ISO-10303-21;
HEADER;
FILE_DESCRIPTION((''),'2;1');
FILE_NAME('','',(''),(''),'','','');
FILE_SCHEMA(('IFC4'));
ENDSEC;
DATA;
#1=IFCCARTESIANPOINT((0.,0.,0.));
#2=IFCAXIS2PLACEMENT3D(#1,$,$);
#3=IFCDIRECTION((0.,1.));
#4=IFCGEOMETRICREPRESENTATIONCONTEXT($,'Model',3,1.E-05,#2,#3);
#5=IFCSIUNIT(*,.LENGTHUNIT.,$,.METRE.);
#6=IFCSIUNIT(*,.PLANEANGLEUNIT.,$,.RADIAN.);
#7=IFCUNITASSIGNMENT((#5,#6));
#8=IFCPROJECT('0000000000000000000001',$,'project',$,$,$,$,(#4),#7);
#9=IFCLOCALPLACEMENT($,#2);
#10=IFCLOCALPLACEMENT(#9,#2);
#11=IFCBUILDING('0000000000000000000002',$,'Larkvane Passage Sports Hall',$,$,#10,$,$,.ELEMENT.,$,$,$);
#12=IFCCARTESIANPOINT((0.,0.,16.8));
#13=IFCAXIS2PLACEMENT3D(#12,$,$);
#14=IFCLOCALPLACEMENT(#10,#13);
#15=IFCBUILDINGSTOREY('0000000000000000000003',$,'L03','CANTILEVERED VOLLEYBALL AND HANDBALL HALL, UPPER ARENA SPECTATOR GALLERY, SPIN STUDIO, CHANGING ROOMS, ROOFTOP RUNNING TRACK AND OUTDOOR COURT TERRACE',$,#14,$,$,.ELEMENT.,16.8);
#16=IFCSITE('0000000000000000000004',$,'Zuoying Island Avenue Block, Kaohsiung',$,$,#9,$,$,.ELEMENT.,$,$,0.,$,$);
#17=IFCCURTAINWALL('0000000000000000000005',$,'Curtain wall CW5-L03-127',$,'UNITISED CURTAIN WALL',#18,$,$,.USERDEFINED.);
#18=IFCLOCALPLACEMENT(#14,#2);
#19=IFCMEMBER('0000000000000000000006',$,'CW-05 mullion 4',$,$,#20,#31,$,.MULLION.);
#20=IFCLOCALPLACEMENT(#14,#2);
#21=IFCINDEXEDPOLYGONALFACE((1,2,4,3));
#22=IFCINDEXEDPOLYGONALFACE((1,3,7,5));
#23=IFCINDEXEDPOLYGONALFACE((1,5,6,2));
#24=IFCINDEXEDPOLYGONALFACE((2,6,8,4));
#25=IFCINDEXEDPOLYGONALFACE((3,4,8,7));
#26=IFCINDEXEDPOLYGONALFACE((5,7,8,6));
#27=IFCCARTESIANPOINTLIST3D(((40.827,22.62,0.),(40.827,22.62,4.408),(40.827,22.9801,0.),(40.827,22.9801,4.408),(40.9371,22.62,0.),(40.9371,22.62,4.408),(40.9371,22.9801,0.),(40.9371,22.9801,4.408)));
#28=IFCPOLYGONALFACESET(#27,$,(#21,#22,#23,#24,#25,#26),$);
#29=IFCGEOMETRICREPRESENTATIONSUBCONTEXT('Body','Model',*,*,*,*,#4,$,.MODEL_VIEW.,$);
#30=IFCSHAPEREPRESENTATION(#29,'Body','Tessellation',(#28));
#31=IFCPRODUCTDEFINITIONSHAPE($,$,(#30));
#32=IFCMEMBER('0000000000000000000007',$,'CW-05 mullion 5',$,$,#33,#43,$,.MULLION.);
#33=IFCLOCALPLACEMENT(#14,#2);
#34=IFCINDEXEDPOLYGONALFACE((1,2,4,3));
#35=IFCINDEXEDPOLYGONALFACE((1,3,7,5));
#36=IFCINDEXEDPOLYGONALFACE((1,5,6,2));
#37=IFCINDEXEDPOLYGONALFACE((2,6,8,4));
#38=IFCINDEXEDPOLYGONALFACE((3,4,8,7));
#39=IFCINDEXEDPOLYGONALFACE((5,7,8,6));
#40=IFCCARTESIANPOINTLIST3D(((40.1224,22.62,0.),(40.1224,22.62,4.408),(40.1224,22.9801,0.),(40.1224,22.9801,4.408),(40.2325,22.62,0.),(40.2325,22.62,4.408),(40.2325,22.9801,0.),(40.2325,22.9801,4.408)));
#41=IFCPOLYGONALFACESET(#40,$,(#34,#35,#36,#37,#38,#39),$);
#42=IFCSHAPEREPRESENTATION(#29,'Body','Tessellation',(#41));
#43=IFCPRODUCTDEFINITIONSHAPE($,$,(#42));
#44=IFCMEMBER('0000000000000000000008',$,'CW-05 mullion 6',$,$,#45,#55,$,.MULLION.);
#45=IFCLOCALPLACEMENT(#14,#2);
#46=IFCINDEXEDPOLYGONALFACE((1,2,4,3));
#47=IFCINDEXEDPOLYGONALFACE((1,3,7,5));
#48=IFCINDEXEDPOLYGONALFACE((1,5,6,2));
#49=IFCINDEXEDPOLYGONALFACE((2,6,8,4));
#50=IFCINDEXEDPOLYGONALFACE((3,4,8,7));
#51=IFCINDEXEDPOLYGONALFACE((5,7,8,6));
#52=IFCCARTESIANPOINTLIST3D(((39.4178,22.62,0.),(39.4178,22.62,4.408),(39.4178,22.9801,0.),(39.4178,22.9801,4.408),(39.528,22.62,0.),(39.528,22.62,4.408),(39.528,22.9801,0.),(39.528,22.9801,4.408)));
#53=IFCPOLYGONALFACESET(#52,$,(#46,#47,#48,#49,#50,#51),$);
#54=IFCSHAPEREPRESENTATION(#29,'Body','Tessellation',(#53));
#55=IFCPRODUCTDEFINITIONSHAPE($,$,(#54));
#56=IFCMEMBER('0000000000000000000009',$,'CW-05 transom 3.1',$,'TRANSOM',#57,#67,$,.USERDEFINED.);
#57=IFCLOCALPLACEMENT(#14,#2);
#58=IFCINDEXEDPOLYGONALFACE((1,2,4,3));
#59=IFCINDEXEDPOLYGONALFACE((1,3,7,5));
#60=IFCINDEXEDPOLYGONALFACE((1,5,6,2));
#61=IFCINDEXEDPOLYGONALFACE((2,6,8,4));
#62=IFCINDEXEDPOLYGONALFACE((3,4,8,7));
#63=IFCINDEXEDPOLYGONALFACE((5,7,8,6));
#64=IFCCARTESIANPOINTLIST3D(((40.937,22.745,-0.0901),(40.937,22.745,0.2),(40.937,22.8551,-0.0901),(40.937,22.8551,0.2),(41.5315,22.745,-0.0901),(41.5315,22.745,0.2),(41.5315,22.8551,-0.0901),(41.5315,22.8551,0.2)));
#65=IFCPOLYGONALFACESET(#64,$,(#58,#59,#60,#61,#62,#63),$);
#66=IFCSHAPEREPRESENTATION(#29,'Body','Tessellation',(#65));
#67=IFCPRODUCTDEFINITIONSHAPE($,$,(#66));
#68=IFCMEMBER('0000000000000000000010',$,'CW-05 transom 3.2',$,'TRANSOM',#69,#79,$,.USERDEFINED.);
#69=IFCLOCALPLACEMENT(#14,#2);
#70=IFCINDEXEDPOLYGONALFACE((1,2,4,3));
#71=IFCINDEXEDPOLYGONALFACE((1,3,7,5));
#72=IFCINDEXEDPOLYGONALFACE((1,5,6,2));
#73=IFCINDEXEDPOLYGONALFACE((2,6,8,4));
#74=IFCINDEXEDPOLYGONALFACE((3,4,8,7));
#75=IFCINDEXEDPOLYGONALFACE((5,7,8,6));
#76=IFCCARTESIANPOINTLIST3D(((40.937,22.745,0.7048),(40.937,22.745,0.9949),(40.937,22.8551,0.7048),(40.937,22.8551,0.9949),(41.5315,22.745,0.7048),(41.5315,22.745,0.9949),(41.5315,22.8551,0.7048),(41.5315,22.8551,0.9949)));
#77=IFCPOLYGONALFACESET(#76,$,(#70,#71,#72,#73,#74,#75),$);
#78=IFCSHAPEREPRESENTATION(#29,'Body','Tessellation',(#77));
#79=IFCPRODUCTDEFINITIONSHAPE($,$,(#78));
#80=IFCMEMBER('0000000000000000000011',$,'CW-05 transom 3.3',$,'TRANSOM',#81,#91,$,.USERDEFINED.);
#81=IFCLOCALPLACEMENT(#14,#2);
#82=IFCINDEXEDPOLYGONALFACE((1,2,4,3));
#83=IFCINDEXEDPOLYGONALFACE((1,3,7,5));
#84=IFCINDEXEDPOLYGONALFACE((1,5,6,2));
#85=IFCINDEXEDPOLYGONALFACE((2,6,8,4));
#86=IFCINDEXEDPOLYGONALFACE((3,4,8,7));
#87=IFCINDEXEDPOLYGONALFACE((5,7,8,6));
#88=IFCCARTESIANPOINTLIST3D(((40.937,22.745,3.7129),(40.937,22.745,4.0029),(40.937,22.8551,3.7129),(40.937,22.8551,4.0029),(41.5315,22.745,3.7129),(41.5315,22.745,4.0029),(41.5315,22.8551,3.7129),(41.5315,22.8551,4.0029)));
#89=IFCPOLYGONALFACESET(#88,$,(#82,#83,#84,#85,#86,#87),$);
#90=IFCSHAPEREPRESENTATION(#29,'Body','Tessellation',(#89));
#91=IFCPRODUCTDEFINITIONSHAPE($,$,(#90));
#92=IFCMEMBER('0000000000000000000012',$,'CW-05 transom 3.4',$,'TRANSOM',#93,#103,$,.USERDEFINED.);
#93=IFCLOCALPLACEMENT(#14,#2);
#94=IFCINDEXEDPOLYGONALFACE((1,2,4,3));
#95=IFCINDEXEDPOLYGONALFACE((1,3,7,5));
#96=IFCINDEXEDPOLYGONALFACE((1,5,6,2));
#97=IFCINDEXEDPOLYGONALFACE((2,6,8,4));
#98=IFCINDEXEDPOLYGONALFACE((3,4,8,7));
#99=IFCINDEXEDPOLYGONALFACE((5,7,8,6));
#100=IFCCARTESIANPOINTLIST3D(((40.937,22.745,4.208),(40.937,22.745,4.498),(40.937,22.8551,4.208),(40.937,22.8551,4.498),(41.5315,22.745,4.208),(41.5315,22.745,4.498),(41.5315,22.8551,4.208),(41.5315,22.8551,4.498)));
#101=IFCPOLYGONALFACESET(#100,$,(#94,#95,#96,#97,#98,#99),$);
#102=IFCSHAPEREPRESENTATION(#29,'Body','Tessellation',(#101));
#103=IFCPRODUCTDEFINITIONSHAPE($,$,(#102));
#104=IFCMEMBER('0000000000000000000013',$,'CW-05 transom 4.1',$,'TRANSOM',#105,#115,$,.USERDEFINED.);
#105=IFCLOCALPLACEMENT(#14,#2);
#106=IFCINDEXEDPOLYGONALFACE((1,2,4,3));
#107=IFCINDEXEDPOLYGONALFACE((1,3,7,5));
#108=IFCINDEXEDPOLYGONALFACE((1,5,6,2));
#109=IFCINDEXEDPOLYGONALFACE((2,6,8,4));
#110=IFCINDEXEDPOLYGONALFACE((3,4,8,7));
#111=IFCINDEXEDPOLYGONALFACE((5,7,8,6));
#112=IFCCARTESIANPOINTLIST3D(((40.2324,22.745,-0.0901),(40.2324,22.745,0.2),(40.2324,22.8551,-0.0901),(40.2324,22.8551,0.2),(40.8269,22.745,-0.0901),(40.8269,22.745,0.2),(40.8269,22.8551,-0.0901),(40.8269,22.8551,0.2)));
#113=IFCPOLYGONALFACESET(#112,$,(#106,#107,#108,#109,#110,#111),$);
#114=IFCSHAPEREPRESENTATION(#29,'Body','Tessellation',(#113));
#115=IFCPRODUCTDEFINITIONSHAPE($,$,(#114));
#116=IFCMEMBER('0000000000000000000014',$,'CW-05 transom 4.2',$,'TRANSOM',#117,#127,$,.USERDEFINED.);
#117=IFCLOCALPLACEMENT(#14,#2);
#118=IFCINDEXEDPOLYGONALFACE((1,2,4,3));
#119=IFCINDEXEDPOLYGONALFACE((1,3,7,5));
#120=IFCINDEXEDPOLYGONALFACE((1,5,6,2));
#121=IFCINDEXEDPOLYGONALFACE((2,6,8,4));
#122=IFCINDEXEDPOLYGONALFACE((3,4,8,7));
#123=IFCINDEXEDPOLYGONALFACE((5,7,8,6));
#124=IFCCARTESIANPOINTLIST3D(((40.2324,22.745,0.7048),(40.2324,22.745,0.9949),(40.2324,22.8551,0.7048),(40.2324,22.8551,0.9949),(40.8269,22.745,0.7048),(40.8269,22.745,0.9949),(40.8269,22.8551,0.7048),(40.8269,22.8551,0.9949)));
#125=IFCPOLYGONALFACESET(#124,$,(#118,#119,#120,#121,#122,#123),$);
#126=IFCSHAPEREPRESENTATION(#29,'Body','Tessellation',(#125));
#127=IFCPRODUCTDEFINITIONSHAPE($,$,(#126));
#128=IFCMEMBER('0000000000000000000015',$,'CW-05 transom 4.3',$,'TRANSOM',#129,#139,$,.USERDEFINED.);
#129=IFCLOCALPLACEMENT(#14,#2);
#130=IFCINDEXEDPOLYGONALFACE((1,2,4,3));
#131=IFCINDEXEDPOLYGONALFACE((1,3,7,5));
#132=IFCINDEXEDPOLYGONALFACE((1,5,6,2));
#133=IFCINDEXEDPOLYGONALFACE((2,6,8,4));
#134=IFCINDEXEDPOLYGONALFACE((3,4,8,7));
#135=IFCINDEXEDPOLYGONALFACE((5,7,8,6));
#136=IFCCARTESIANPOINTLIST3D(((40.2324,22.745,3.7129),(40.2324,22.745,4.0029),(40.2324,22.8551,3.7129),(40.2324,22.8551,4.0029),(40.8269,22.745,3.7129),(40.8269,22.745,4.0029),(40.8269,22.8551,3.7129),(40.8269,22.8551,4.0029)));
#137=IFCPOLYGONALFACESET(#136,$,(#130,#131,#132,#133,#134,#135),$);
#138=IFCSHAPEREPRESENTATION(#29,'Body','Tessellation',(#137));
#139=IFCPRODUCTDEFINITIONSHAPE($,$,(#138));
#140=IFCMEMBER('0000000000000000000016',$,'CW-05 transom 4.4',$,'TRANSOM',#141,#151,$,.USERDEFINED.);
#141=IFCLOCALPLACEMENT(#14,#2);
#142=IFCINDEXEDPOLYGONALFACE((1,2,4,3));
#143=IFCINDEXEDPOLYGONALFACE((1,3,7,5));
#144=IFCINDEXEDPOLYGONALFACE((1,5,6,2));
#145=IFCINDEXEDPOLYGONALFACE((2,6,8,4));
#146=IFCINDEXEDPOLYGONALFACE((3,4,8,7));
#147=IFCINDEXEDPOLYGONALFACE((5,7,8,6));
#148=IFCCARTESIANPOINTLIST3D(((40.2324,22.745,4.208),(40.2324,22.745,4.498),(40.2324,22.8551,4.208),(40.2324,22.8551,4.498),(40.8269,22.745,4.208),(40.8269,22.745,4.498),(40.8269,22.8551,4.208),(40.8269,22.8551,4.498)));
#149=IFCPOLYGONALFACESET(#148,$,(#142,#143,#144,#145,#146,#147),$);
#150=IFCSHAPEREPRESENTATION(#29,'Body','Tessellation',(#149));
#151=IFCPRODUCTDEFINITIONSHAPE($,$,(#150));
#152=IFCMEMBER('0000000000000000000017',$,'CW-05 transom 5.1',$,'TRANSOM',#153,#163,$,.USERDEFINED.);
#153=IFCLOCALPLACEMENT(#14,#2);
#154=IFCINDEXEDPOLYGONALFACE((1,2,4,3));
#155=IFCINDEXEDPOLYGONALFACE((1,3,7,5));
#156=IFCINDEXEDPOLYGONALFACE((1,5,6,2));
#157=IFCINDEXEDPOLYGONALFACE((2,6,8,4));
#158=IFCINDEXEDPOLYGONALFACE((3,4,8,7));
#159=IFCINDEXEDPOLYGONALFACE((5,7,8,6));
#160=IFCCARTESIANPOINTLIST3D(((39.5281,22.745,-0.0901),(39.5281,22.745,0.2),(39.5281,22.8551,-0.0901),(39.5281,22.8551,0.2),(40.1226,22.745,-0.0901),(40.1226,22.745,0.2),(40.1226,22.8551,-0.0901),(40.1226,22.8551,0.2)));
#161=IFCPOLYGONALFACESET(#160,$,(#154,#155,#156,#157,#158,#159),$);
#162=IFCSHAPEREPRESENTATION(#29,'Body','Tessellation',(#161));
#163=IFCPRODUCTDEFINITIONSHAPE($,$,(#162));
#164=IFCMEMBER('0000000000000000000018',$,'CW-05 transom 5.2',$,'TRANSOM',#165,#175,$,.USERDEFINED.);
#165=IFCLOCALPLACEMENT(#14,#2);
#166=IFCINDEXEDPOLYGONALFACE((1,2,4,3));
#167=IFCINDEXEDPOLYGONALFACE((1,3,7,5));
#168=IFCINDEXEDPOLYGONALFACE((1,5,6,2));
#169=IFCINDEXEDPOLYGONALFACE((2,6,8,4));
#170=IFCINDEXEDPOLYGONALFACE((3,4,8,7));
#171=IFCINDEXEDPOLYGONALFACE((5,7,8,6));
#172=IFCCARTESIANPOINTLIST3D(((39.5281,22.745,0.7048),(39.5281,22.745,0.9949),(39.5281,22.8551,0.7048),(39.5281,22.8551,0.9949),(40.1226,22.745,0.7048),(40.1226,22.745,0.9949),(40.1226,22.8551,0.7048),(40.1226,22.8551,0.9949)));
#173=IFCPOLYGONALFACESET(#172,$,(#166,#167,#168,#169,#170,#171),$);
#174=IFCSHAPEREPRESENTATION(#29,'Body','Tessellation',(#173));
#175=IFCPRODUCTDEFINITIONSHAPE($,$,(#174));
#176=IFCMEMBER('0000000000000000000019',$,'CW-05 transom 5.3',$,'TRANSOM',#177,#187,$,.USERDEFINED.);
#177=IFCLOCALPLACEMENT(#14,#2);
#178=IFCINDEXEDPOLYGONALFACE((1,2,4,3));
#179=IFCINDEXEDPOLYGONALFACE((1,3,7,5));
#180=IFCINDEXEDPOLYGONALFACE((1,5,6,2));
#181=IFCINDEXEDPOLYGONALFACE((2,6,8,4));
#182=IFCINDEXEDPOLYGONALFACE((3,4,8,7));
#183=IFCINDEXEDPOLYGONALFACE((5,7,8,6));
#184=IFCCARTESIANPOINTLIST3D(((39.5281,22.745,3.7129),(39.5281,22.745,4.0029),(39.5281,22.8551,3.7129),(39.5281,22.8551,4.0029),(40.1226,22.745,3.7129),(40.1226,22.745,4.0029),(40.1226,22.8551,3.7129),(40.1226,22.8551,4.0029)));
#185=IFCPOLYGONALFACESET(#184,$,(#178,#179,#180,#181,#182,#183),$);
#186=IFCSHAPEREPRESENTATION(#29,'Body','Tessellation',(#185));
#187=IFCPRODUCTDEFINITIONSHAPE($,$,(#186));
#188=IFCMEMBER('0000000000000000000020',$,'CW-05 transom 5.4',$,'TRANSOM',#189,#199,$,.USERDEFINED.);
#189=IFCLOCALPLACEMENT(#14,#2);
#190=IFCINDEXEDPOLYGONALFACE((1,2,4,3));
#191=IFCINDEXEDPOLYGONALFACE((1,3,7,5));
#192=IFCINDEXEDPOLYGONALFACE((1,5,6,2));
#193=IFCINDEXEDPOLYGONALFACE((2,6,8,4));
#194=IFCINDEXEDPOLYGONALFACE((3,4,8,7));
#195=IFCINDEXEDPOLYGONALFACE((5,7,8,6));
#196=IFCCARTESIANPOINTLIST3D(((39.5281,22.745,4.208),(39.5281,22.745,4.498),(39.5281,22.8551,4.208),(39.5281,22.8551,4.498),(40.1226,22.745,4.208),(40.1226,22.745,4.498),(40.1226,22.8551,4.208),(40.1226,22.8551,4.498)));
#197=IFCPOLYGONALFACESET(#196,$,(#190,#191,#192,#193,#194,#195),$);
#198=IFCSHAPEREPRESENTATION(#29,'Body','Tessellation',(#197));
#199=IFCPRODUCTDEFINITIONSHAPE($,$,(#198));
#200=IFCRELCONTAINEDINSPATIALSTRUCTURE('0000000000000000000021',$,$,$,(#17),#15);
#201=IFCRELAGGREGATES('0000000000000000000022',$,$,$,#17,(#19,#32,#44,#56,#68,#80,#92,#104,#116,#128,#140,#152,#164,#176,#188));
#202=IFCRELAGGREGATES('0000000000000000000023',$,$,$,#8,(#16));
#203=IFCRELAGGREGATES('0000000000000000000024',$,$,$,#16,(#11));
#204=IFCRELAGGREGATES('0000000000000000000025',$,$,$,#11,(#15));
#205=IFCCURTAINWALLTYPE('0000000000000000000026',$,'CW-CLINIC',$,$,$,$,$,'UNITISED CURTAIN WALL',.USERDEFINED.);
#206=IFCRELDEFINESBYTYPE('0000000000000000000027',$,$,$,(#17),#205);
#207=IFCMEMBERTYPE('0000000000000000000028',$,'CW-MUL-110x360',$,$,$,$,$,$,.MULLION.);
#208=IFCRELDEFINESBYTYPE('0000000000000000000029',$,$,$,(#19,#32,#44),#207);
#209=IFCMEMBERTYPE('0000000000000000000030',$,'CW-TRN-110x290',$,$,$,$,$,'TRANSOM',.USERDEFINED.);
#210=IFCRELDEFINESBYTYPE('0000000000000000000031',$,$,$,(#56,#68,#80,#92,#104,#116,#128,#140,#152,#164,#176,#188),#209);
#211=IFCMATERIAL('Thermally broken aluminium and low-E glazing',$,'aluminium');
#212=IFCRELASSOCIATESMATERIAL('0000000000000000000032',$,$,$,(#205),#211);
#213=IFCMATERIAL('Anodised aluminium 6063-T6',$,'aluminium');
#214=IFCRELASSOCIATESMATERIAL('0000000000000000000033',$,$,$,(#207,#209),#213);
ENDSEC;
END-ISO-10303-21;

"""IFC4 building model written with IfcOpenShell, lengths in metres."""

from ifc_helpers import new_model, si_unit, direction, frame, origin, origin_2d, place, context, subcontext, project, spatial, rectangle, extrude, material, material_profile, profile_set, type_object, element, aggregate, save


model = new_model("IFC4")

# Units and contexts
model_context = context("Model", 3, precision=1e-05, world=origin(), true_north=direction((0.0, 1.0)))
body_context = subcontext(model_context, "Body", "Model", "MODEL_VIEW")
ifc_project = project(units=[si_unit("LENGTHUNIT", "METRE"), si_unit("PLANEANGLEUNIT", "RADIAN")], contexts=[model_context])

# Site, building, storey
site_placement = place(None, origin())
site = spatial("IfcSite", under=ifc_project, at=site_placement, Name="Zuoying Island Avenue Block, Kaohsiung", CompositionType="ELEMENT", RefElevation=0.0)
building_placement = place(site_placement, origin())
building = spatial("IfcBuilding", under=site, at=building_placement, Name="Larkvane Passage Sports Hall", CompositionType="ELEMENT")
storey_placement = place(building_placement, frame((0.0, 0.0, 16.8)))
storey = spatial("IfcBuildingStorey", under=building, at=storey_placement, Name="L03", Description="CANTILEVERED VOLLEYBALL AND HANDBALL HALL, UPPER ARENA SPECTATOR GALLERY, SPIN STUDIO, CHANGING ROOMS, ROOFTOP RUNNING TRACK AND OUTDOOR COURT TERRACE", CompositionType="ELEMENT", Elevation=16.8)

# Curtain wall, members
ifc_material_1 = material(Name="Thermally broken aluminium and low-E glazing", Category="aluminium")
curtain_wall_type = type_object("IfcCurtainWallType", Name="CW-CLINIC", ElementType="UNITISED CURTAIN WALL", PredefinedType="USERDEFINED", material=ifc_material_1)
curtain_wall_placement = place(storey_placement, origin())
curtain_wall = element("IfcCurtainWall", 1, at=curtain_wall_placement, inside=storey, type_object=curtain_wall_type, Name="Curtain wall CW5-L03-127", ObjectType="UNITISED CURTAIN WALL", PredefinedType="USERDEFINED")
ifc_material_2 = material(Name="Anodised aluminium 6063-T6", Category="aluminium")
ifc_material_profile_1 = material_profile(ifc_material_2, rectangle(XDim=0.1101, YDim=0.3601, at=origin_2d()), Name="ALU-MUL-110x360")
ifc_profile_set_1 = profile_set([ifc_material_profile_1], Name="Anodised aluminium 6063-T6")
member_type_1 = type_object("IfcMemberType", Name="CW-MUL-110x360", PredefinedType="MULLION", material=ifc_profile_set_1)
member_1_placement = place(storey_placement, frame((40.8821, 22.8, 0.0), z_axis=(0.0, 0.0, 1.0), x_axis=(-1.0, 0.0, 0.0)))
member_1 = element("IfcMember", 2, at=member_1_placement, type_object=member_type_1, Name="CW-05 mullion 4", PredefinedType="MULLION", context=body_context, shape_type="SweptSolid", body=[
    extrude(rectangle(XDim=0.1101, YDim=0.3601, at=origin_2d()), origin(), (0.0, 0.0, 1.0), 4.408),
])
member_2_placement = place(storey_placement, frame((40.1775, 22.8, 0.0), z_axis=(0.0, 0.0, 1.0), x_axis=(-1.0, 0.0, 0.0)))
member_2 = element("IfcMember", 3, at=member_2_placement, type_object=member_type_1, Name="CW-05 mullion 5", PredefinedType="MULLION", context=body_context, shape_type="SweptSolid", body=[
    extrude(rectangle(XDim=0.1101, YDim=0.3601, at=origin_2d()), origin(), (0.0, 0.0, 1.0), 4.408),
])
member_3_placement = place(storey_placement, frame((39.4729, 22.8, 0.0), z_axis=(0.0, 0.0, 1.0), x_axis=(-1.0, 0.0, 0.0)))
member_3 = element("IfcMember", 4, at=member_3_placement, type_object=member_type_1, Name="CW-05 mullion 6", PredefinedType="MULLION", context=body_context, shape_type="SweptSolid", body=[
    extrude(rectangle(XDim=0.1101, YDim=0.3601, at=origin_2d()), origin(), (0.0, 0.0, 1.0), 4.408),
])
ifc_material_profile_2 = material_profile(ifc_material_2, rectangle(XDim=0.1101, YDim=0.29, at=origin_2d()), Name="ALU-TRN-110x290")
ifc_profile_set_2 = profile_set([ifc_material_profile_2], Name="Anodised aluminium 6063-T6")
member_type_2 = type_object("IfcMemberType", Name="CW-TRN-110x290", ElementType="TRANSOM", PredefinedType="USERDEFINED", material=ifc_profile_set_2)
member_4_placement = place(storey_placement, frame((41.5315, 22.8, 0.0549), z_axis=(-1.0, 0.0, 0.0), x_axis=(0.0, -1.0, 0.0)))
member_4 = element("IfcMember", 5, at=member_4_placement, type_object=member_type_2, Name="CW-05 transom 3.1", ObjectType="TRANSOM", PredefinedType="USERDEFINED", context=body_context, shape_type="SweptSolid", body=[
    extrude(rectangle(XDim=0.1101, YDim=0.29, at=origin_2d()), origin(), (0.0, 0.0, 1.0), 0.5945),
])
member_5_placement = place(storey_placement, frame((41.5315, 22.8, 0.8499), z_axis=(-1.0, 0.0, 0.0), x_axis=(0.0, -1.0, 0.0)))
member_5 = element("IfcMember", 6, at=member_5_placement, type_object=member_type_2, Name="CW-05 transom 3.2", ObjectType="TRANSOM", PredefinedType="USERDEFINED", context=body_context, shape_type="SweptSolid", body=[
    extrude(rectangle(XDim=0.1101, YDim=0.29, at=origin_2d()), origin(), (0.0, 0.0, 1.0), 0.5945),
])
member_6_placement = place(storey_placement, frame((41.5315, 22.8, 3.8579), z_axis=(-1.0, 0.0, 0.0), x_axis=(0.0, -1.0, 0.0)))
member_6 = element("IfcMember", 7, at=member_6_placement, type_object=member_type_2, Name="CW-05 transom 3.3", ObjectType="TRANSOM", PredefinedType="USERDEFINED", context=body_context, shape_type="SweptSolid", body=[
    extrude(rectangle(XDim=0.1101, YDim=0.29, at=origin_2d()), origin(), (0.0, 0.0, 1.0), 0.5945),
])
member_7_placement = place(storey_placement, frame((41.5315, 22.8, 4.353), z_axis=(-1.0, 0.0, 0.0), x_axis=(0.0, -1.0, 0.0)))
member_7 = element("IfcMember", 8, at=member_7_placement, type_object=member_type_2, Name="CW-05 transom 3.4", ObjectType="TRANSOM", PredefinedType="USERDEFINED", context=body_context, shape_type="SweptSolid", body=[
    extrude(rectangle(XDim=0.1101, YDim=0.29, at=origin_2d()), origin(), (0.0, 0.0, 1.0), 0.5945),
])
member_8_placement = place(storey_placement, frame((40.8269, 22.8, 0.0549), z_axis=(-1.0, 0.0, 0.0), x_axis=(0.0, -1.0, 0.0)))
member_8 = element("IfcMember", 9, at=member_8_placement, type_object=member_type_2, Name="CW-05 transom 4.1", ObjectType="TRANSOM", PredefinedType="USERDEFINED", context=body_context, shape_type="SweptSolid", body=[
    extrude(rectangle(XDim=0.1101, YDim=0.29, at=origin_2d()), origin(), (0.0, 0.0, 1.0), 0.5945),
])
member_9_placement = place(storey_placement, frame((40.8269, 22.8, 0.8499), z_axis=(-1.0, 0.0, 0.0), x_axis=(0.0, -1.0, 0.0)))
member_9 = element("IfcMember", 10, at=member_9_placement, type_object=member_type_2, Name="CW-05 transom 4.2", ObjectType="TRANSOM", PredefinedType="USERDEFINED", context=body_context, shape_type="SweptSolid", body=[
    extrude(rectangle(XDim=0.1101, YDim=0.29, at=origin_2d()), origin(), (0.0, 0.0, 1.0), 0.5945),
])
member_10_placement = place(storey_placement, frame((40.8269, 22.8, 3.8579), z_axis=(-1.0, 0.0, 0.0), x_axis=(0.0, -1.0, 0.0)))
member_10 = element("IfcMember", 11, at=member_10_placement, type_object=member_type_2, Name="CW-05 transom 4.3", ObjectType="TRANSOM", PredefinedType="USERDEFINED", context=body_context, shape_type="SweptSolid", body=[
    extrude(rectangle(XDim=0.1101, YDim=0.29, at=origin_2d()), origin(), (0.0, 0.0, 1.0), 0.5945),
])
member_11_placement = place(storey_placement, frame((40.8269, 22.8, 4.353), z_axis=(-1.0, 0.0, 0.0), x_axis=(0.0, -1.0, 0.0)))
member_11 = element("IfcMember", 12, at=member_11_placement, type_object=member_type_2, Name="CW-05 transom 4.4", ObjectType="TRANSOM", PredefinedType="USERDEFINED", context=body_context, shape_type="SweptSolid", body=[
    extrude(rectangle(XDim=0.1101, YDim=0.29, at=origin_2d()), origin(), (0.0, 0.0, 1.0), 0.5945),
])
member_12_placement = place(storey_placement, frame((40.1226, 22.8, 0.0549), z_axis=(-1.0, 0.0, 0.0), x_axis=(0.0, -1.0, 0.0)))
member_12 = element("IfcMember", 13, at=member_12_placement, type_object=member_type_2, Name="CW-05 transom 5.1", ObjectType="TRANSOM", PredefinedType="USERDEFINED", context=body_context, shape_type="SweptSolid", body=[
    extrude(rectangle(XDim=0.1101, YDim=0.29, at=origin_2d()), origin(), (0.0, 0.0, 1.0), 0.5945),
])
member_13_placement = place(storey_placement, frame((40.1226, 22.8, 0.8499), z_axis=(-1.0, 0.0, 0.0), x_axis=(0.0, -1.0, 0.0)))
member_13 = element("IfcMember", 14, at=member_13_placement, type_object=member_type_2, Name="CW-05 transom 5.2", ObjectType="TRANSOM", PredefinedType="USERDEFINED", context=body_context, shape_type="SweptSolid", body=[
    extrude(rectangle(XDim=0.1101, YDim=0.29, at=origin_2d()), origin(), (0.0, 0.0, 1.0), 0.5945),
])
member_14_placement = place(storey_placement, frame((40.1226, 22.8, 3.8579), z_axis=(-1.0, 0.0, 0.0), x_axis=(0.0, -1.0, 0.0)))
member_14 = element("IfcMember", 15, at=member_14_placement, type_object=member_type_2, Name="CW-05 transom 5.3", ObjectType="TRANSOM", PredefinedType="USERDEFINED", context=body_context, shape_type="SweptSolid", body=[
    extrude(rectangle(XDim=0.1101, YDim=0.29, at=origin_2d()), origin(), (0.0, 0.0, 1.0), 0.5945),
])
member_15_placement = place(storey_placement, frame((40.1226, 22.8, 4.353), z_axis=(-1.0, 0.0, 0.0), x_axis=(0.0, -1.0, 0.0)))
member_15 = element("IfcMember", 16, at=member_15_placement, type_object=member_type_2, Name="CW-05 transom 5.4", ObjectType="TRANSOM", PredefinedType="USERDEFINED", context=body_context, shape_type="SweptSolid", body=[
    extrude(rectangle(XDim=0.1101, YDim=0.29, at=origin_2d()), origin(), (0.0, 0.0, 1.0), 0.5945),
])
aggregate(curtain_wall, [member_1, member_2, member_3, member_4, member_5, member_6, member_7, member_8, member_9, member_10, member_11, member_12, member_13, member_14, member_15])

save(model, "model.ifc")
